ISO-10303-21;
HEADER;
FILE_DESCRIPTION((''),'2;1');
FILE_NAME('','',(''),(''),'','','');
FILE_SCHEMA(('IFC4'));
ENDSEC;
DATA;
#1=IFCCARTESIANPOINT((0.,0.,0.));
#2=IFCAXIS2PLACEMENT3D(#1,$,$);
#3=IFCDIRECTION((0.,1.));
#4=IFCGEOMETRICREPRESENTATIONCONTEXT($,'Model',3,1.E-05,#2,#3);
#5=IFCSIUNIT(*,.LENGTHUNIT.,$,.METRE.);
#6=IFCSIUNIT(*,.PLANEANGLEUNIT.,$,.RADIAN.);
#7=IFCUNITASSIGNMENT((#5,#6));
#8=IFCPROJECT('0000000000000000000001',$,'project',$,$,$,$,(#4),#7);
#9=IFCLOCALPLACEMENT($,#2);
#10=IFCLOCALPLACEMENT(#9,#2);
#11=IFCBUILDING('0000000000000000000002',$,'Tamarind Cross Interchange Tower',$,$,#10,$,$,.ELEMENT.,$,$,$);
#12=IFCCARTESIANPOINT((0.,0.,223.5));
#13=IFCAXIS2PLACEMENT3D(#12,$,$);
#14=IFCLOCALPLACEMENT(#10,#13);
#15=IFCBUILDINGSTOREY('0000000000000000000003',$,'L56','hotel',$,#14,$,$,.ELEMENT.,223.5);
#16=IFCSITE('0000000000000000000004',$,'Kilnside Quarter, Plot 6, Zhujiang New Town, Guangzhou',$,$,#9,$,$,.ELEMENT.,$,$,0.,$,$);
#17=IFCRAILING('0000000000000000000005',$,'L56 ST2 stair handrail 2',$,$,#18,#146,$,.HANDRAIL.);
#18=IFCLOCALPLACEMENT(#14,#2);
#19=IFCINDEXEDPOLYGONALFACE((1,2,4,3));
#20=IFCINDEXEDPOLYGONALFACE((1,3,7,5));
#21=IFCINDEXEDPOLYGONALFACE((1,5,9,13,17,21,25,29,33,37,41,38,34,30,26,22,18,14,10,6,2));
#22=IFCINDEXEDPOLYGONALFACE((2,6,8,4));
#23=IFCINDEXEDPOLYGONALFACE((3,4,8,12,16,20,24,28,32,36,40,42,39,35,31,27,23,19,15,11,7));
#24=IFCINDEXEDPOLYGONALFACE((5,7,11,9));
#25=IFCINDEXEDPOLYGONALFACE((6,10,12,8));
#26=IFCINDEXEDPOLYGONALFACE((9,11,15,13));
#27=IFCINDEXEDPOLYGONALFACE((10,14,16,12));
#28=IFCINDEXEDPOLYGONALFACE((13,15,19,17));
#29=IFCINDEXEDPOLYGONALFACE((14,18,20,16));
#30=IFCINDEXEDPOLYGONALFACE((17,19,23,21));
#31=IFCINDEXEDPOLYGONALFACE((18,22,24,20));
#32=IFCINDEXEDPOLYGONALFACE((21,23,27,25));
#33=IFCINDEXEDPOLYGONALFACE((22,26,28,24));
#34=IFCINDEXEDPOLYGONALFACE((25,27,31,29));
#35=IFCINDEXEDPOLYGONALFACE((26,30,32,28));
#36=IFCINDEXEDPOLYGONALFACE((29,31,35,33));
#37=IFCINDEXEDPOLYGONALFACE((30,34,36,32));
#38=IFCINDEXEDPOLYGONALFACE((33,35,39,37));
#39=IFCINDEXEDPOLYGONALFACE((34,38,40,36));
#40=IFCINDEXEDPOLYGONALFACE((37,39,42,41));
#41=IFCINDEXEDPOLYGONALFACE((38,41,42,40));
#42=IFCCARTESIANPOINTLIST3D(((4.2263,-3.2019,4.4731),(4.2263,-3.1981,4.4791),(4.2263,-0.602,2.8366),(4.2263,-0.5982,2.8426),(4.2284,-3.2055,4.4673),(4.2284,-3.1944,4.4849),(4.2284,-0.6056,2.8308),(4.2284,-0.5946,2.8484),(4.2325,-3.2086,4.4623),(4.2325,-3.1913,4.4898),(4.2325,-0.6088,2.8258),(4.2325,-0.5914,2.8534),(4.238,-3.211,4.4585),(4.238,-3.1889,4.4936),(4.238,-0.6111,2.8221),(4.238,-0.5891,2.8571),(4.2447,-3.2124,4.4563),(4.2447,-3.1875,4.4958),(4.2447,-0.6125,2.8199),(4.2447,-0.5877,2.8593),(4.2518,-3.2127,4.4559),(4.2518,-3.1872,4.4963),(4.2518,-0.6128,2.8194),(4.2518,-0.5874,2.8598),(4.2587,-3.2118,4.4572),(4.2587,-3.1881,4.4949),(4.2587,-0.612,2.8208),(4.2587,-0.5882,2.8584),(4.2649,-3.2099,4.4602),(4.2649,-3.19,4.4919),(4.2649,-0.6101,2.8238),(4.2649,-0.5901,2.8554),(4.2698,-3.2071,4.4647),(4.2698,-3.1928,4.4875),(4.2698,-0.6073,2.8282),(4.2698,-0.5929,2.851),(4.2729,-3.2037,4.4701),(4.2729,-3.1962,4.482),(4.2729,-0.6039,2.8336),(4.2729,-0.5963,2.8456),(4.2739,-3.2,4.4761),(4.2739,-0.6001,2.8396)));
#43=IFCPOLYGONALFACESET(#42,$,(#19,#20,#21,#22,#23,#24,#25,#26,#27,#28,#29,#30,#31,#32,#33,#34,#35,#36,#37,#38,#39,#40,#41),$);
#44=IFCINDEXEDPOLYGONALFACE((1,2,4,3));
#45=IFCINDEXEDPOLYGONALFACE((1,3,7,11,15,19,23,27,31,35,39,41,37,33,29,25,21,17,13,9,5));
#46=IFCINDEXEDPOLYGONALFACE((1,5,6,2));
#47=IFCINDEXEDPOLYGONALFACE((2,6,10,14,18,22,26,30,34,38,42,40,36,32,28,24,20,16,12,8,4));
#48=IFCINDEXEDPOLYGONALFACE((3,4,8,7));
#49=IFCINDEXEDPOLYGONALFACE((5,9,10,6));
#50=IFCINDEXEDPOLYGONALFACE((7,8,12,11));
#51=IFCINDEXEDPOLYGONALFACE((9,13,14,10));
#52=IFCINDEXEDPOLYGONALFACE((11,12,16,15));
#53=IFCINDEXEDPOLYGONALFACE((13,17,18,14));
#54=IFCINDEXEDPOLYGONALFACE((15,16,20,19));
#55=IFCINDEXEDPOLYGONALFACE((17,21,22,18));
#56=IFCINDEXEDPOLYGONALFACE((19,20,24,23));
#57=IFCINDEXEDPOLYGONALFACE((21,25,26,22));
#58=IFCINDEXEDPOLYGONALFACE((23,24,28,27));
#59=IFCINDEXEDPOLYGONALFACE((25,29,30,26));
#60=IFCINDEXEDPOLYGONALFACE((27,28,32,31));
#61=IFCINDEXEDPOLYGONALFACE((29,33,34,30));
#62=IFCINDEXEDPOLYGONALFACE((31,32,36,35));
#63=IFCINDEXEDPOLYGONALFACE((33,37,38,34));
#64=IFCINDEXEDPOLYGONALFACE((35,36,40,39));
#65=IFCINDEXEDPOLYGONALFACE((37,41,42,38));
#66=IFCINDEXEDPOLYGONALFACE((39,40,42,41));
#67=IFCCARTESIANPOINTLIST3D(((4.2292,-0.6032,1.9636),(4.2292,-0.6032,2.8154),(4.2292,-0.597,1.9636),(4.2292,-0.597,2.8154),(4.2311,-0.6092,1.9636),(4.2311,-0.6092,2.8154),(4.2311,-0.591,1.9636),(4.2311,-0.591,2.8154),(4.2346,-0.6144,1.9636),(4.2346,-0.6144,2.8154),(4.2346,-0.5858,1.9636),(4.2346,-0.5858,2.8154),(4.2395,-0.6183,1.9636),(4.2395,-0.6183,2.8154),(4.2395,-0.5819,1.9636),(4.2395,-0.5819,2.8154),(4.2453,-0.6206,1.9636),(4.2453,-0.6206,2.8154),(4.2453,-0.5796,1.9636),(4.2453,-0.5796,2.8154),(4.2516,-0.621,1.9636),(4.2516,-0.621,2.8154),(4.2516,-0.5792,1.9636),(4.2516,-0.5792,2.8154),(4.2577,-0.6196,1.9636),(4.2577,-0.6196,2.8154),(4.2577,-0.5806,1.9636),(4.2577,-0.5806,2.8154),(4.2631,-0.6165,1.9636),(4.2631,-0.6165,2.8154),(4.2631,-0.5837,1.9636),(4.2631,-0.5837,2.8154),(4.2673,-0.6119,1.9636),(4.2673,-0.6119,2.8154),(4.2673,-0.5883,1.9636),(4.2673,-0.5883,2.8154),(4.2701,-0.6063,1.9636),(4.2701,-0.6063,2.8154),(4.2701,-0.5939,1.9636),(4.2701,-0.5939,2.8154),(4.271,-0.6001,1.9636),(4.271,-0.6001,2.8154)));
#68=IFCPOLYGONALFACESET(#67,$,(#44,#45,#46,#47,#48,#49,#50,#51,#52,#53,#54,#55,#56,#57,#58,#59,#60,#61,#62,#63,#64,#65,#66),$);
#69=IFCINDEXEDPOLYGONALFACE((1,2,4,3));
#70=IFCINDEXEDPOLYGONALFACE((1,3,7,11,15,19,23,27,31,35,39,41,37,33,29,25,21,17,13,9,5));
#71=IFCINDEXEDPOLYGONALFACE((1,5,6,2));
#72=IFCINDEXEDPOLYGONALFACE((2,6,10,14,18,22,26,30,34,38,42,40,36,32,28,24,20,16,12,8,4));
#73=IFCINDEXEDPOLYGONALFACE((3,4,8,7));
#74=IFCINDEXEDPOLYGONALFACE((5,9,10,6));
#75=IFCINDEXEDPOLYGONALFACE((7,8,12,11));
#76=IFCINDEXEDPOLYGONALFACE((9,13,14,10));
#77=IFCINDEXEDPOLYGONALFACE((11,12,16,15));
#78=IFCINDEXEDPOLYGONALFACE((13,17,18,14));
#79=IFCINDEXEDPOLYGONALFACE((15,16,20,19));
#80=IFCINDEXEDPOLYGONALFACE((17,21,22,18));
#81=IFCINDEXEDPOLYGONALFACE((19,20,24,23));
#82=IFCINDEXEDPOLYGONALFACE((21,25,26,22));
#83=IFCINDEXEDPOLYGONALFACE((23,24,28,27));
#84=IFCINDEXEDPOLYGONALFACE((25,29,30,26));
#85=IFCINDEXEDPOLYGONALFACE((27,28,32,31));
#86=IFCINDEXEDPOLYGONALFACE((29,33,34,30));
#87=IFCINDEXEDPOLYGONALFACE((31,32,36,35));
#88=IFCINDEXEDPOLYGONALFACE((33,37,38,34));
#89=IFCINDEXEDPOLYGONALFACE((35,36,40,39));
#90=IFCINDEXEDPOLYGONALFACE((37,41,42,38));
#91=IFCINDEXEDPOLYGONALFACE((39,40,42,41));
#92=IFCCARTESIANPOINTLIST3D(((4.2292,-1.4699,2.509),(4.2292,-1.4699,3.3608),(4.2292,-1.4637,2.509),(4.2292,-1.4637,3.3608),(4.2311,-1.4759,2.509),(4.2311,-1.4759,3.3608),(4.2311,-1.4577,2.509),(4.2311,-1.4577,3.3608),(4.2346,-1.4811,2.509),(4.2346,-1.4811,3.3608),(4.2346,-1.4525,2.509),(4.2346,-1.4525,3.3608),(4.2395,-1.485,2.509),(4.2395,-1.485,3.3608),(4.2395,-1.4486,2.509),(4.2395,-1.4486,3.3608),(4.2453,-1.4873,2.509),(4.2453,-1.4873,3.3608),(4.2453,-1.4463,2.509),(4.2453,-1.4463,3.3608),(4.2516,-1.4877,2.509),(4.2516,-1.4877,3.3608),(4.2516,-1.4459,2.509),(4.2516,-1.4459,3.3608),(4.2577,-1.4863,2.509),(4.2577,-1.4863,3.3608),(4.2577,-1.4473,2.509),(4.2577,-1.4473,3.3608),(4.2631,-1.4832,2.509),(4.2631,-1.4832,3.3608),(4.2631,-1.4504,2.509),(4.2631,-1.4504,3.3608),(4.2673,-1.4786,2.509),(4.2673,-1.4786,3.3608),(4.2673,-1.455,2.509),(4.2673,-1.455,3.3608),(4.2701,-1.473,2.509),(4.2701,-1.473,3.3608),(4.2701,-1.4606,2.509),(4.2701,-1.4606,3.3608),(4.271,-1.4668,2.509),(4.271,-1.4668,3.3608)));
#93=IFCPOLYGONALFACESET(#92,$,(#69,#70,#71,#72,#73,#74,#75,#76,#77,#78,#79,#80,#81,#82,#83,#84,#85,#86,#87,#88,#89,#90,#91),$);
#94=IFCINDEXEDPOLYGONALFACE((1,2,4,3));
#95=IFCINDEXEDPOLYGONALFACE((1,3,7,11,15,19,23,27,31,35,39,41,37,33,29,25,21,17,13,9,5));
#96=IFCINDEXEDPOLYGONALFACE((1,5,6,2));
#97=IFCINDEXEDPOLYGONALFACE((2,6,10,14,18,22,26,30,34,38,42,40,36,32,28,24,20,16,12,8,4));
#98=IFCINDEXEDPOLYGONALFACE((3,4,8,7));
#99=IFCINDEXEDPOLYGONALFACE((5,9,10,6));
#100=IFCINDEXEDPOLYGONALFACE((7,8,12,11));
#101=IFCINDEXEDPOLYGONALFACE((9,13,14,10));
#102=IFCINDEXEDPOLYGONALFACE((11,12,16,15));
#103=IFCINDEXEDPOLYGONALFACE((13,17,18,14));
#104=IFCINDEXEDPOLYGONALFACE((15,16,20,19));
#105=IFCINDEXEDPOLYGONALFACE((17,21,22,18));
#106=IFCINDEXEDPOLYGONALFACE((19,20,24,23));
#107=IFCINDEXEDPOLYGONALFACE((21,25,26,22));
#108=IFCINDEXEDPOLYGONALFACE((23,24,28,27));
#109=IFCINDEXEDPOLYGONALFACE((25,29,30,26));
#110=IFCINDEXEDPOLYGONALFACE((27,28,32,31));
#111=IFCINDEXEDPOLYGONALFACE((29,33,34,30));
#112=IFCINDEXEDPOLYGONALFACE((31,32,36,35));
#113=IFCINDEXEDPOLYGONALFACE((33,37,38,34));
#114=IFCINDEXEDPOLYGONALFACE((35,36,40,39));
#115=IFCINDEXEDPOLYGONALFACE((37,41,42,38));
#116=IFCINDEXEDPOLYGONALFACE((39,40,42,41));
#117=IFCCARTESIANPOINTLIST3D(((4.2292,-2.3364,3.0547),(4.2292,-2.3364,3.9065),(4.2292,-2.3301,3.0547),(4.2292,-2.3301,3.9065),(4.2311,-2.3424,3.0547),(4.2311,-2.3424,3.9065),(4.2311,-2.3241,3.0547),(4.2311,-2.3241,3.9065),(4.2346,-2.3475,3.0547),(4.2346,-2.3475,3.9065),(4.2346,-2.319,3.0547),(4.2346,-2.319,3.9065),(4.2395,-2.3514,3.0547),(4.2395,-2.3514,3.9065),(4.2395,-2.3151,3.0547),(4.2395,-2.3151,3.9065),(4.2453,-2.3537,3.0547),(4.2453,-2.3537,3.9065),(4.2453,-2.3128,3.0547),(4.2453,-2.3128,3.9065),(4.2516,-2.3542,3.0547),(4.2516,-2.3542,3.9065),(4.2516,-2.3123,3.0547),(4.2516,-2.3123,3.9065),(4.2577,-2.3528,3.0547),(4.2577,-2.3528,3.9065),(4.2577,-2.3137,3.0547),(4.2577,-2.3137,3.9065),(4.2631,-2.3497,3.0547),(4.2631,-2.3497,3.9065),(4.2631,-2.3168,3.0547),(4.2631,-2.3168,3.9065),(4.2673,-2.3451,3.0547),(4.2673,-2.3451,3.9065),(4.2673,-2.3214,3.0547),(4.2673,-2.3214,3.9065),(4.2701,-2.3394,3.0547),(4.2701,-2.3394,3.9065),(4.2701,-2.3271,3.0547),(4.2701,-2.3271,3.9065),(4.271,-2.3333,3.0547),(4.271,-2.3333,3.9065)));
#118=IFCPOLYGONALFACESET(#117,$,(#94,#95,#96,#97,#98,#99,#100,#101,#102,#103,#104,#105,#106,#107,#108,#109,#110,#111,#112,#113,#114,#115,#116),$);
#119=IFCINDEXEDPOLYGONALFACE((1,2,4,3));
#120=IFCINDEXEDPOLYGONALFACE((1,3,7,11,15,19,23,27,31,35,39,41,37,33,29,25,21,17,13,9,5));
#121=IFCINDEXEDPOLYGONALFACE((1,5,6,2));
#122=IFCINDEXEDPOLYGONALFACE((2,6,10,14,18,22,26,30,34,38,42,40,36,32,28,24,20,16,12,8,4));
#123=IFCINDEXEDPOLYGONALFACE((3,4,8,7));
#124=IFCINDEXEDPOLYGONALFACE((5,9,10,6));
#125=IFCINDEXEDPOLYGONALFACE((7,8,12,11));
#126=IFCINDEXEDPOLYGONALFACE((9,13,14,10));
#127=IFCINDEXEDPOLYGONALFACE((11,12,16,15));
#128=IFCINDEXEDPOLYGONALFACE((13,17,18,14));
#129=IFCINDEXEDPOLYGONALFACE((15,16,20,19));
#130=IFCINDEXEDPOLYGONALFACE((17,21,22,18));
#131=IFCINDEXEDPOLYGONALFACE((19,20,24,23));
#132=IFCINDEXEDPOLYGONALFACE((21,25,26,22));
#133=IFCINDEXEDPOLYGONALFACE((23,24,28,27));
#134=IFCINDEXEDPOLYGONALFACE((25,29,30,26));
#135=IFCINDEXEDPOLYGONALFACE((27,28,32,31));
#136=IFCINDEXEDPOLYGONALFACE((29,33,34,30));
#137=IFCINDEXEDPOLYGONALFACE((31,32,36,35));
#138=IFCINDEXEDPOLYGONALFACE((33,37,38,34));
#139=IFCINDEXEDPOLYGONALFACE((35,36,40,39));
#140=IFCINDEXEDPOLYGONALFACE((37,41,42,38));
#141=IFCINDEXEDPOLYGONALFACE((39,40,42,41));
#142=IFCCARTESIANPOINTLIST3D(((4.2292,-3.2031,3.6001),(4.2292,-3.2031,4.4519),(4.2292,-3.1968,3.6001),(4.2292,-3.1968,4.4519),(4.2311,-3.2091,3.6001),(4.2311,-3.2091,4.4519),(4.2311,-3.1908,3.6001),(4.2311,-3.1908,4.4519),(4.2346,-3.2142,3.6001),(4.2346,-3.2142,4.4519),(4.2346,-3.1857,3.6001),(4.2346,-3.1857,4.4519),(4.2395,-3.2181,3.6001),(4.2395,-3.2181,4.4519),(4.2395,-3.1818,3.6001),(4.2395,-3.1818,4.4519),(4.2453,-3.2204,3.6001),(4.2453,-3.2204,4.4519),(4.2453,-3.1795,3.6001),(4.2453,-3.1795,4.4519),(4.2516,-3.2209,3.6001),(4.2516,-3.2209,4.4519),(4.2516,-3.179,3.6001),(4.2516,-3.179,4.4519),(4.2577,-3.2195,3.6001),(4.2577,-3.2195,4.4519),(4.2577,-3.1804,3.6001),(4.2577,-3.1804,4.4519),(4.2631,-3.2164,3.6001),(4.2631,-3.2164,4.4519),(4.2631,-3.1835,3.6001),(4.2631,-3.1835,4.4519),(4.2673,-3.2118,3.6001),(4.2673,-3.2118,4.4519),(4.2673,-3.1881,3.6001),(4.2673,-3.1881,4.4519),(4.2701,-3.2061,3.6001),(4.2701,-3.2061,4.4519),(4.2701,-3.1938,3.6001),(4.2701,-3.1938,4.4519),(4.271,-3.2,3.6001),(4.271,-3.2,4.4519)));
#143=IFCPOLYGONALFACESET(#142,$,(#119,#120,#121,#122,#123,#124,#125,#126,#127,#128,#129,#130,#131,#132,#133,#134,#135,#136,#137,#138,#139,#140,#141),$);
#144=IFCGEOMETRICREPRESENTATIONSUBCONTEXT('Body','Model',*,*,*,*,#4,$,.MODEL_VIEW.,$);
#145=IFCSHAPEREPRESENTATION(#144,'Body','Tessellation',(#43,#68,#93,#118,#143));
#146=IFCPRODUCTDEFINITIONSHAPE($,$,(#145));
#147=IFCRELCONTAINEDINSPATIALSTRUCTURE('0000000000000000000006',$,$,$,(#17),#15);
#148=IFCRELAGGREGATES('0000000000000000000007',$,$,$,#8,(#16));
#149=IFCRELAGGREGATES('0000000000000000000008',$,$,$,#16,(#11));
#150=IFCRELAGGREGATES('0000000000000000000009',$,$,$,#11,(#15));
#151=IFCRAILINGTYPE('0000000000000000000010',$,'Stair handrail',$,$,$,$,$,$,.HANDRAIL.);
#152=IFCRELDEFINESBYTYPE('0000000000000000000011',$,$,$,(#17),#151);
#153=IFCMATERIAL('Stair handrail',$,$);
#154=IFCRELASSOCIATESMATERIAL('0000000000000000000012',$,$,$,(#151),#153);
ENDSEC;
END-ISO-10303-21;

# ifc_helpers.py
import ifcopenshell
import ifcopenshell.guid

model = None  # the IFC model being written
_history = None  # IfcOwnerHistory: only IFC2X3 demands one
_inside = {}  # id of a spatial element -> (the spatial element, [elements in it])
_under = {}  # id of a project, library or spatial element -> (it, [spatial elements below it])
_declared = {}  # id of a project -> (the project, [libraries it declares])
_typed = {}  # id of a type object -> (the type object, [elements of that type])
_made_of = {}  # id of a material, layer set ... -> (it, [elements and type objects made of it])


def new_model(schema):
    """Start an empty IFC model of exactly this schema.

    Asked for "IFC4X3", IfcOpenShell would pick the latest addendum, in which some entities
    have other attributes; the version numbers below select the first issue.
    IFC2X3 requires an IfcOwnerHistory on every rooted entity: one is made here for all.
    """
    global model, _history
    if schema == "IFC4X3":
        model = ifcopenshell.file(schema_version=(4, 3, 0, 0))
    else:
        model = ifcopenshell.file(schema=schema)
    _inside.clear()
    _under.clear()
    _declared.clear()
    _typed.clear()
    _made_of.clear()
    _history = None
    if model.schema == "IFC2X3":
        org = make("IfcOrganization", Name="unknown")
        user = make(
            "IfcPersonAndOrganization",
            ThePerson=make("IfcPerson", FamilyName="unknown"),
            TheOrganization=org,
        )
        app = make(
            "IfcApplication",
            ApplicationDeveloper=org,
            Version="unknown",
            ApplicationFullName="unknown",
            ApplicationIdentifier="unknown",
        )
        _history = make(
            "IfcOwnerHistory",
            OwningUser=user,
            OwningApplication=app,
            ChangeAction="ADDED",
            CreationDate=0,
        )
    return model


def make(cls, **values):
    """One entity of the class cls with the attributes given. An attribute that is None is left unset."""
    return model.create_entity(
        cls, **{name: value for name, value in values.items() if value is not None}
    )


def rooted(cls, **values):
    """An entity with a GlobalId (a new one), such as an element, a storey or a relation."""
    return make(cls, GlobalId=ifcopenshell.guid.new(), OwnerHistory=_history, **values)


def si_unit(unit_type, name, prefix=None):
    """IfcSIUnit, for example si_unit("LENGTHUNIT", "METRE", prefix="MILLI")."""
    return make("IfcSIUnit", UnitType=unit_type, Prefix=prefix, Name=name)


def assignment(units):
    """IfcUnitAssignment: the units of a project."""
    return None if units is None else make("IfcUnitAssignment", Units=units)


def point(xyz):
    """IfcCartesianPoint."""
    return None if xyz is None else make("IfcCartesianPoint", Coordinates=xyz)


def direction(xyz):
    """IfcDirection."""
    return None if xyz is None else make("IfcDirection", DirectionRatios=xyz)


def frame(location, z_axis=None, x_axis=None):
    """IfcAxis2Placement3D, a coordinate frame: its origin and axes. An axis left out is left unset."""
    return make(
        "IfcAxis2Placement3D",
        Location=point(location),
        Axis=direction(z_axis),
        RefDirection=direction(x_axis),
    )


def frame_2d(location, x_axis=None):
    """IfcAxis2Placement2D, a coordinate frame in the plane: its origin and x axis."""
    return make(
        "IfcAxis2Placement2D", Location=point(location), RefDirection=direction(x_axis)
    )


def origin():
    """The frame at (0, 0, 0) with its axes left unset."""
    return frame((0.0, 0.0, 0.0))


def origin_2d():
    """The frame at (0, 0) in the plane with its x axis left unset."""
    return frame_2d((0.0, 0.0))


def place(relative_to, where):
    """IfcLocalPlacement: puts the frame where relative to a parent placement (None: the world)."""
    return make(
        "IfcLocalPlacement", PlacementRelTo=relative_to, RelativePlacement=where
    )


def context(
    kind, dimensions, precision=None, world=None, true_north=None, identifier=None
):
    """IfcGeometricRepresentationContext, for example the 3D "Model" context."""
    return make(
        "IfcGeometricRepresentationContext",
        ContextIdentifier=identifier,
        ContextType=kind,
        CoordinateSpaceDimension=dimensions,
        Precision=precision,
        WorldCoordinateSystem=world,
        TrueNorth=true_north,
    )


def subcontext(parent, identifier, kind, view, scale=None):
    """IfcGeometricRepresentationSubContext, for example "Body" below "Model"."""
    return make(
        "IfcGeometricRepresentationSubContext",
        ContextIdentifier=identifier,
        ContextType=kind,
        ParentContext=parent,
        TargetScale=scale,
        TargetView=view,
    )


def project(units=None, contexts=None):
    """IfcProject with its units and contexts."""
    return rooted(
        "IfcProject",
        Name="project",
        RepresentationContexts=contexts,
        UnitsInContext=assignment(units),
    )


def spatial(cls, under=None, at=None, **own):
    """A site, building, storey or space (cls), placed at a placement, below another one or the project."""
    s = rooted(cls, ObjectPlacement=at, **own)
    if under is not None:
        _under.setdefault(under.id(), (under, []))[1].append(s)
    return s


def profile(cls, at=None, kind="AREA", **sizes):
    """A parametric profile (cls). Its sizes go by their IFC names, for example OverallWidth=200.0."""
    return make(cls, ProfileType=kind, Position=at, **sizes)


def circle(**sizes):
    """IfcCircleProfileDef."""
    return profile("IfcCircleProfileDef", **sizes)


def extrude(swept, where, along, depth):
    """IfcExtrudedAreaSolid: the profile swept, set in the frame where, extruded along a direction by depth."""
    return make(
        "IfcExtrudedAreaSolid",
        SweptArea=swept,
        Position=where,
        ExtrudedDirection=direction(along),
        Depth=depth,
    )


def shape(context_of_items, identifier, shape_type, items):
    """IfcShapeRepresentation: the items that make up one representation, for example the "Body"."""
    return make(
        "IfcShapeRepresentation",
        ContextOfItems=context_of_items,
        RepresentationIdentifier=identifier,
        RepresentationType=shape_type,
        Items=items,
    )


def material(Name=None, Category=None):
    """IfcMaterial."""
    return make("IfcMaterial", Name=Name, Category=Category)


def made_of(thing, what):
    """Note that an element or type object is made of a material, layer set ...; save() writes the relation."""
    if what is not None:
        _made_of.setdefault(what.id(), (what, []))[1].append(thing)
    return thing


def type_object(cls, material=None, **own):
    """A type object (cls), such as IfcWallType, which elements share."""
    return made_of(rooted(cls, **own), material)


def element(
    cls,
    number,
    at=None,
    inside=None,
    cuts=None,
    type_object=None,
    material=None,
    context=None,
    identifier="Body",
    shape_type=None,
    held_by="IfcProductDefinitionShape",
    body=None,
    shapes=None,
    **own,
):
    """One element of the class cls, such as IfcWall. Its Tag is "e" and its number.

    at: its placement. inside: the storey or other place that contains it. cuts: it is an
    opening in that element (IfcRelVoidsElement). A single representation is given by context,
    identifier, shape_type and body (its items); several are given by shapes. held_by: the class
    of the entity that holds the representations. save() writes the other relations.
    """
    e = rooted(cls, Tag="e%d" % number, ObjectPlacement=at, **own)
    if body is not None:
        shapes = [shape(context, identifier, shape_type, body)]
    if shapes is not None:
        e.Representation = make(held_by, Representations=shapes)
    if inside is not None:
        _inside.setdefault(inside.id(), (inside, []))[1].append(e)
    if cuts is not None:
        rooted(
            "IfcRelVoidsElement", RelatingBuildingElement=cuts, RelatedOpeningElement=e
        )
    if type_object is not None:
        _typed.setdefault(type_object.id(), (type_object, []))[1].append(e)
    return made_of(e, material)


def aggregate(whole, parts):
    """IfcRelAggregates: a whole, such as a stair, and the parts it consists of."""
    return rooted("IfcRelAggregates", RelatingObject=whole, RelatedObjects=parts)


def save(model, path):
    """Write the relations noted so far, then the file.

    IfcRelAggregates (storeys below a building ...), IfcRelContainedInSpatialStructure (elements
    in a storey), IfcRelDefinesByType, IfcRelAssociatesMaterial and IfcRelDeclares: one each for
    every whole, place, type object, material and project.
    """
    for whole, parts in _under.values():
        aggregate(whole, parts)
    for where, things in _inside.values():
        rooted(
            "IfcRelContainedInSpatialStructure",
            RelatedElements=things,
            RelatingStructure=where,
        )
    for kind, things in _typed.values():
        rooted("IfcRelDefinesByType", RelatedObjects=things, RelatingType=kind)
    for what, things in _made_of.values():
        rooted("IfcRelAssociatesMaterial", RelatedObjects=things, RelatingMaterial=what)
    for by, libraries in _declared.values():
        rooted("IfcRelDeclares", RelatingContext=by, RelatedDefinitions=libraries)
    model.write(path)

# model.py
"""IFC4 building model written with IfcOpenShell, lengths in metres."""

from ifc_helpers import new_model, si_unit, direction, frame, origin, origin_2d, place, context, subcontext, project, spatial, circle, extrude, material, type_object, element, save


model = new_model("IFC4")

# Units and contexts
model_context = context("Model", 3, precision=1e-05, world=origin(), true_north=direction((0.0, 1.0)))
body_context = subcontext(model_context, "Body", "Model", "MODEL_VIEW")
ifc_project = project(units=[si_unit("LENGTHUNIT", "METRE"), si_unit("PLANEANGLEUNIT", "RADIAN")], contexts=[model_context])

# Site, building, storey
site_placement = place(None, origin())
site = spatial("IfcSite", under=ifc_project, at=site_placement, Name="Kilnside Quarter, Plot 6, Zhujiang New Town, Guangzhou", CompositionType="ELEMENT", RefElevation=0.0)
building_placement = place(site_placement, origin())
building = spatial("IfcBuilding", under=site, at=building_placement, Name="Tamarind Cross Interchange Tower", CompositionType="ELEMENT")
storey_placement = place(building_placement, frame((0.0, 0.0, 223.5)))
storey = spatial("IfcBuildingStorey", under=building, at=storey_placement, Name="L56", Description="hotel", CompositionType="ELEMENT", Elevation=223.5)

# Railing
ifc_material_1 = material(Name="Stair handrail")
railing_type_1 = type_object("IfcRailingType", Name="Stair handrail", PredefinedType="HANDRAIL", material=ifc_material_1)
railing_1_placement = place(storey_placement, frame((4.25, -0.6001, 1.9636)))
element("IfcRailing", 1, at=railing_1_placement, inside=storey, type_object=railing_type_1, Name="L56 ST2 stair handrail 2", PredefinedType="HANDRAIL", context=body_context, shape_type="SweptSolid", body=[
    extrude(circle(Radius=0.0239, at=origin_2d()), frame((0.0, 0.0, 0.876), z_axis=(0.0, -0.846302, 0.532704), x_axis=(1.0, 0.0, 0.0)), (0.0, 0.0, 1.0), 3.072),
    extrude(circle(Radius=0.021, at=origin_2d()), origin(), (0.0, 0.0, 1.0), 0.8518),
    extrude(circle(Radius=0.021, at=origin_2d()), frame((0.0, -0.8667, 0.5454)), (0.0, 0.0, 1.0), 0.8518),
    extrude(circle(Radius=0.021, at=origin_2d()), frame((0.0, -1.7332, 1.0911)), (0.0, 0.0, 1.0), 0.8518),
    extrude(circle(Radius=0.021, at=origin_2d()), frame((0.0, -2.5999, 1.6365)), (0.0, 0.0, 1.0), 0.8518),
])

save(model, "model.ifc")
